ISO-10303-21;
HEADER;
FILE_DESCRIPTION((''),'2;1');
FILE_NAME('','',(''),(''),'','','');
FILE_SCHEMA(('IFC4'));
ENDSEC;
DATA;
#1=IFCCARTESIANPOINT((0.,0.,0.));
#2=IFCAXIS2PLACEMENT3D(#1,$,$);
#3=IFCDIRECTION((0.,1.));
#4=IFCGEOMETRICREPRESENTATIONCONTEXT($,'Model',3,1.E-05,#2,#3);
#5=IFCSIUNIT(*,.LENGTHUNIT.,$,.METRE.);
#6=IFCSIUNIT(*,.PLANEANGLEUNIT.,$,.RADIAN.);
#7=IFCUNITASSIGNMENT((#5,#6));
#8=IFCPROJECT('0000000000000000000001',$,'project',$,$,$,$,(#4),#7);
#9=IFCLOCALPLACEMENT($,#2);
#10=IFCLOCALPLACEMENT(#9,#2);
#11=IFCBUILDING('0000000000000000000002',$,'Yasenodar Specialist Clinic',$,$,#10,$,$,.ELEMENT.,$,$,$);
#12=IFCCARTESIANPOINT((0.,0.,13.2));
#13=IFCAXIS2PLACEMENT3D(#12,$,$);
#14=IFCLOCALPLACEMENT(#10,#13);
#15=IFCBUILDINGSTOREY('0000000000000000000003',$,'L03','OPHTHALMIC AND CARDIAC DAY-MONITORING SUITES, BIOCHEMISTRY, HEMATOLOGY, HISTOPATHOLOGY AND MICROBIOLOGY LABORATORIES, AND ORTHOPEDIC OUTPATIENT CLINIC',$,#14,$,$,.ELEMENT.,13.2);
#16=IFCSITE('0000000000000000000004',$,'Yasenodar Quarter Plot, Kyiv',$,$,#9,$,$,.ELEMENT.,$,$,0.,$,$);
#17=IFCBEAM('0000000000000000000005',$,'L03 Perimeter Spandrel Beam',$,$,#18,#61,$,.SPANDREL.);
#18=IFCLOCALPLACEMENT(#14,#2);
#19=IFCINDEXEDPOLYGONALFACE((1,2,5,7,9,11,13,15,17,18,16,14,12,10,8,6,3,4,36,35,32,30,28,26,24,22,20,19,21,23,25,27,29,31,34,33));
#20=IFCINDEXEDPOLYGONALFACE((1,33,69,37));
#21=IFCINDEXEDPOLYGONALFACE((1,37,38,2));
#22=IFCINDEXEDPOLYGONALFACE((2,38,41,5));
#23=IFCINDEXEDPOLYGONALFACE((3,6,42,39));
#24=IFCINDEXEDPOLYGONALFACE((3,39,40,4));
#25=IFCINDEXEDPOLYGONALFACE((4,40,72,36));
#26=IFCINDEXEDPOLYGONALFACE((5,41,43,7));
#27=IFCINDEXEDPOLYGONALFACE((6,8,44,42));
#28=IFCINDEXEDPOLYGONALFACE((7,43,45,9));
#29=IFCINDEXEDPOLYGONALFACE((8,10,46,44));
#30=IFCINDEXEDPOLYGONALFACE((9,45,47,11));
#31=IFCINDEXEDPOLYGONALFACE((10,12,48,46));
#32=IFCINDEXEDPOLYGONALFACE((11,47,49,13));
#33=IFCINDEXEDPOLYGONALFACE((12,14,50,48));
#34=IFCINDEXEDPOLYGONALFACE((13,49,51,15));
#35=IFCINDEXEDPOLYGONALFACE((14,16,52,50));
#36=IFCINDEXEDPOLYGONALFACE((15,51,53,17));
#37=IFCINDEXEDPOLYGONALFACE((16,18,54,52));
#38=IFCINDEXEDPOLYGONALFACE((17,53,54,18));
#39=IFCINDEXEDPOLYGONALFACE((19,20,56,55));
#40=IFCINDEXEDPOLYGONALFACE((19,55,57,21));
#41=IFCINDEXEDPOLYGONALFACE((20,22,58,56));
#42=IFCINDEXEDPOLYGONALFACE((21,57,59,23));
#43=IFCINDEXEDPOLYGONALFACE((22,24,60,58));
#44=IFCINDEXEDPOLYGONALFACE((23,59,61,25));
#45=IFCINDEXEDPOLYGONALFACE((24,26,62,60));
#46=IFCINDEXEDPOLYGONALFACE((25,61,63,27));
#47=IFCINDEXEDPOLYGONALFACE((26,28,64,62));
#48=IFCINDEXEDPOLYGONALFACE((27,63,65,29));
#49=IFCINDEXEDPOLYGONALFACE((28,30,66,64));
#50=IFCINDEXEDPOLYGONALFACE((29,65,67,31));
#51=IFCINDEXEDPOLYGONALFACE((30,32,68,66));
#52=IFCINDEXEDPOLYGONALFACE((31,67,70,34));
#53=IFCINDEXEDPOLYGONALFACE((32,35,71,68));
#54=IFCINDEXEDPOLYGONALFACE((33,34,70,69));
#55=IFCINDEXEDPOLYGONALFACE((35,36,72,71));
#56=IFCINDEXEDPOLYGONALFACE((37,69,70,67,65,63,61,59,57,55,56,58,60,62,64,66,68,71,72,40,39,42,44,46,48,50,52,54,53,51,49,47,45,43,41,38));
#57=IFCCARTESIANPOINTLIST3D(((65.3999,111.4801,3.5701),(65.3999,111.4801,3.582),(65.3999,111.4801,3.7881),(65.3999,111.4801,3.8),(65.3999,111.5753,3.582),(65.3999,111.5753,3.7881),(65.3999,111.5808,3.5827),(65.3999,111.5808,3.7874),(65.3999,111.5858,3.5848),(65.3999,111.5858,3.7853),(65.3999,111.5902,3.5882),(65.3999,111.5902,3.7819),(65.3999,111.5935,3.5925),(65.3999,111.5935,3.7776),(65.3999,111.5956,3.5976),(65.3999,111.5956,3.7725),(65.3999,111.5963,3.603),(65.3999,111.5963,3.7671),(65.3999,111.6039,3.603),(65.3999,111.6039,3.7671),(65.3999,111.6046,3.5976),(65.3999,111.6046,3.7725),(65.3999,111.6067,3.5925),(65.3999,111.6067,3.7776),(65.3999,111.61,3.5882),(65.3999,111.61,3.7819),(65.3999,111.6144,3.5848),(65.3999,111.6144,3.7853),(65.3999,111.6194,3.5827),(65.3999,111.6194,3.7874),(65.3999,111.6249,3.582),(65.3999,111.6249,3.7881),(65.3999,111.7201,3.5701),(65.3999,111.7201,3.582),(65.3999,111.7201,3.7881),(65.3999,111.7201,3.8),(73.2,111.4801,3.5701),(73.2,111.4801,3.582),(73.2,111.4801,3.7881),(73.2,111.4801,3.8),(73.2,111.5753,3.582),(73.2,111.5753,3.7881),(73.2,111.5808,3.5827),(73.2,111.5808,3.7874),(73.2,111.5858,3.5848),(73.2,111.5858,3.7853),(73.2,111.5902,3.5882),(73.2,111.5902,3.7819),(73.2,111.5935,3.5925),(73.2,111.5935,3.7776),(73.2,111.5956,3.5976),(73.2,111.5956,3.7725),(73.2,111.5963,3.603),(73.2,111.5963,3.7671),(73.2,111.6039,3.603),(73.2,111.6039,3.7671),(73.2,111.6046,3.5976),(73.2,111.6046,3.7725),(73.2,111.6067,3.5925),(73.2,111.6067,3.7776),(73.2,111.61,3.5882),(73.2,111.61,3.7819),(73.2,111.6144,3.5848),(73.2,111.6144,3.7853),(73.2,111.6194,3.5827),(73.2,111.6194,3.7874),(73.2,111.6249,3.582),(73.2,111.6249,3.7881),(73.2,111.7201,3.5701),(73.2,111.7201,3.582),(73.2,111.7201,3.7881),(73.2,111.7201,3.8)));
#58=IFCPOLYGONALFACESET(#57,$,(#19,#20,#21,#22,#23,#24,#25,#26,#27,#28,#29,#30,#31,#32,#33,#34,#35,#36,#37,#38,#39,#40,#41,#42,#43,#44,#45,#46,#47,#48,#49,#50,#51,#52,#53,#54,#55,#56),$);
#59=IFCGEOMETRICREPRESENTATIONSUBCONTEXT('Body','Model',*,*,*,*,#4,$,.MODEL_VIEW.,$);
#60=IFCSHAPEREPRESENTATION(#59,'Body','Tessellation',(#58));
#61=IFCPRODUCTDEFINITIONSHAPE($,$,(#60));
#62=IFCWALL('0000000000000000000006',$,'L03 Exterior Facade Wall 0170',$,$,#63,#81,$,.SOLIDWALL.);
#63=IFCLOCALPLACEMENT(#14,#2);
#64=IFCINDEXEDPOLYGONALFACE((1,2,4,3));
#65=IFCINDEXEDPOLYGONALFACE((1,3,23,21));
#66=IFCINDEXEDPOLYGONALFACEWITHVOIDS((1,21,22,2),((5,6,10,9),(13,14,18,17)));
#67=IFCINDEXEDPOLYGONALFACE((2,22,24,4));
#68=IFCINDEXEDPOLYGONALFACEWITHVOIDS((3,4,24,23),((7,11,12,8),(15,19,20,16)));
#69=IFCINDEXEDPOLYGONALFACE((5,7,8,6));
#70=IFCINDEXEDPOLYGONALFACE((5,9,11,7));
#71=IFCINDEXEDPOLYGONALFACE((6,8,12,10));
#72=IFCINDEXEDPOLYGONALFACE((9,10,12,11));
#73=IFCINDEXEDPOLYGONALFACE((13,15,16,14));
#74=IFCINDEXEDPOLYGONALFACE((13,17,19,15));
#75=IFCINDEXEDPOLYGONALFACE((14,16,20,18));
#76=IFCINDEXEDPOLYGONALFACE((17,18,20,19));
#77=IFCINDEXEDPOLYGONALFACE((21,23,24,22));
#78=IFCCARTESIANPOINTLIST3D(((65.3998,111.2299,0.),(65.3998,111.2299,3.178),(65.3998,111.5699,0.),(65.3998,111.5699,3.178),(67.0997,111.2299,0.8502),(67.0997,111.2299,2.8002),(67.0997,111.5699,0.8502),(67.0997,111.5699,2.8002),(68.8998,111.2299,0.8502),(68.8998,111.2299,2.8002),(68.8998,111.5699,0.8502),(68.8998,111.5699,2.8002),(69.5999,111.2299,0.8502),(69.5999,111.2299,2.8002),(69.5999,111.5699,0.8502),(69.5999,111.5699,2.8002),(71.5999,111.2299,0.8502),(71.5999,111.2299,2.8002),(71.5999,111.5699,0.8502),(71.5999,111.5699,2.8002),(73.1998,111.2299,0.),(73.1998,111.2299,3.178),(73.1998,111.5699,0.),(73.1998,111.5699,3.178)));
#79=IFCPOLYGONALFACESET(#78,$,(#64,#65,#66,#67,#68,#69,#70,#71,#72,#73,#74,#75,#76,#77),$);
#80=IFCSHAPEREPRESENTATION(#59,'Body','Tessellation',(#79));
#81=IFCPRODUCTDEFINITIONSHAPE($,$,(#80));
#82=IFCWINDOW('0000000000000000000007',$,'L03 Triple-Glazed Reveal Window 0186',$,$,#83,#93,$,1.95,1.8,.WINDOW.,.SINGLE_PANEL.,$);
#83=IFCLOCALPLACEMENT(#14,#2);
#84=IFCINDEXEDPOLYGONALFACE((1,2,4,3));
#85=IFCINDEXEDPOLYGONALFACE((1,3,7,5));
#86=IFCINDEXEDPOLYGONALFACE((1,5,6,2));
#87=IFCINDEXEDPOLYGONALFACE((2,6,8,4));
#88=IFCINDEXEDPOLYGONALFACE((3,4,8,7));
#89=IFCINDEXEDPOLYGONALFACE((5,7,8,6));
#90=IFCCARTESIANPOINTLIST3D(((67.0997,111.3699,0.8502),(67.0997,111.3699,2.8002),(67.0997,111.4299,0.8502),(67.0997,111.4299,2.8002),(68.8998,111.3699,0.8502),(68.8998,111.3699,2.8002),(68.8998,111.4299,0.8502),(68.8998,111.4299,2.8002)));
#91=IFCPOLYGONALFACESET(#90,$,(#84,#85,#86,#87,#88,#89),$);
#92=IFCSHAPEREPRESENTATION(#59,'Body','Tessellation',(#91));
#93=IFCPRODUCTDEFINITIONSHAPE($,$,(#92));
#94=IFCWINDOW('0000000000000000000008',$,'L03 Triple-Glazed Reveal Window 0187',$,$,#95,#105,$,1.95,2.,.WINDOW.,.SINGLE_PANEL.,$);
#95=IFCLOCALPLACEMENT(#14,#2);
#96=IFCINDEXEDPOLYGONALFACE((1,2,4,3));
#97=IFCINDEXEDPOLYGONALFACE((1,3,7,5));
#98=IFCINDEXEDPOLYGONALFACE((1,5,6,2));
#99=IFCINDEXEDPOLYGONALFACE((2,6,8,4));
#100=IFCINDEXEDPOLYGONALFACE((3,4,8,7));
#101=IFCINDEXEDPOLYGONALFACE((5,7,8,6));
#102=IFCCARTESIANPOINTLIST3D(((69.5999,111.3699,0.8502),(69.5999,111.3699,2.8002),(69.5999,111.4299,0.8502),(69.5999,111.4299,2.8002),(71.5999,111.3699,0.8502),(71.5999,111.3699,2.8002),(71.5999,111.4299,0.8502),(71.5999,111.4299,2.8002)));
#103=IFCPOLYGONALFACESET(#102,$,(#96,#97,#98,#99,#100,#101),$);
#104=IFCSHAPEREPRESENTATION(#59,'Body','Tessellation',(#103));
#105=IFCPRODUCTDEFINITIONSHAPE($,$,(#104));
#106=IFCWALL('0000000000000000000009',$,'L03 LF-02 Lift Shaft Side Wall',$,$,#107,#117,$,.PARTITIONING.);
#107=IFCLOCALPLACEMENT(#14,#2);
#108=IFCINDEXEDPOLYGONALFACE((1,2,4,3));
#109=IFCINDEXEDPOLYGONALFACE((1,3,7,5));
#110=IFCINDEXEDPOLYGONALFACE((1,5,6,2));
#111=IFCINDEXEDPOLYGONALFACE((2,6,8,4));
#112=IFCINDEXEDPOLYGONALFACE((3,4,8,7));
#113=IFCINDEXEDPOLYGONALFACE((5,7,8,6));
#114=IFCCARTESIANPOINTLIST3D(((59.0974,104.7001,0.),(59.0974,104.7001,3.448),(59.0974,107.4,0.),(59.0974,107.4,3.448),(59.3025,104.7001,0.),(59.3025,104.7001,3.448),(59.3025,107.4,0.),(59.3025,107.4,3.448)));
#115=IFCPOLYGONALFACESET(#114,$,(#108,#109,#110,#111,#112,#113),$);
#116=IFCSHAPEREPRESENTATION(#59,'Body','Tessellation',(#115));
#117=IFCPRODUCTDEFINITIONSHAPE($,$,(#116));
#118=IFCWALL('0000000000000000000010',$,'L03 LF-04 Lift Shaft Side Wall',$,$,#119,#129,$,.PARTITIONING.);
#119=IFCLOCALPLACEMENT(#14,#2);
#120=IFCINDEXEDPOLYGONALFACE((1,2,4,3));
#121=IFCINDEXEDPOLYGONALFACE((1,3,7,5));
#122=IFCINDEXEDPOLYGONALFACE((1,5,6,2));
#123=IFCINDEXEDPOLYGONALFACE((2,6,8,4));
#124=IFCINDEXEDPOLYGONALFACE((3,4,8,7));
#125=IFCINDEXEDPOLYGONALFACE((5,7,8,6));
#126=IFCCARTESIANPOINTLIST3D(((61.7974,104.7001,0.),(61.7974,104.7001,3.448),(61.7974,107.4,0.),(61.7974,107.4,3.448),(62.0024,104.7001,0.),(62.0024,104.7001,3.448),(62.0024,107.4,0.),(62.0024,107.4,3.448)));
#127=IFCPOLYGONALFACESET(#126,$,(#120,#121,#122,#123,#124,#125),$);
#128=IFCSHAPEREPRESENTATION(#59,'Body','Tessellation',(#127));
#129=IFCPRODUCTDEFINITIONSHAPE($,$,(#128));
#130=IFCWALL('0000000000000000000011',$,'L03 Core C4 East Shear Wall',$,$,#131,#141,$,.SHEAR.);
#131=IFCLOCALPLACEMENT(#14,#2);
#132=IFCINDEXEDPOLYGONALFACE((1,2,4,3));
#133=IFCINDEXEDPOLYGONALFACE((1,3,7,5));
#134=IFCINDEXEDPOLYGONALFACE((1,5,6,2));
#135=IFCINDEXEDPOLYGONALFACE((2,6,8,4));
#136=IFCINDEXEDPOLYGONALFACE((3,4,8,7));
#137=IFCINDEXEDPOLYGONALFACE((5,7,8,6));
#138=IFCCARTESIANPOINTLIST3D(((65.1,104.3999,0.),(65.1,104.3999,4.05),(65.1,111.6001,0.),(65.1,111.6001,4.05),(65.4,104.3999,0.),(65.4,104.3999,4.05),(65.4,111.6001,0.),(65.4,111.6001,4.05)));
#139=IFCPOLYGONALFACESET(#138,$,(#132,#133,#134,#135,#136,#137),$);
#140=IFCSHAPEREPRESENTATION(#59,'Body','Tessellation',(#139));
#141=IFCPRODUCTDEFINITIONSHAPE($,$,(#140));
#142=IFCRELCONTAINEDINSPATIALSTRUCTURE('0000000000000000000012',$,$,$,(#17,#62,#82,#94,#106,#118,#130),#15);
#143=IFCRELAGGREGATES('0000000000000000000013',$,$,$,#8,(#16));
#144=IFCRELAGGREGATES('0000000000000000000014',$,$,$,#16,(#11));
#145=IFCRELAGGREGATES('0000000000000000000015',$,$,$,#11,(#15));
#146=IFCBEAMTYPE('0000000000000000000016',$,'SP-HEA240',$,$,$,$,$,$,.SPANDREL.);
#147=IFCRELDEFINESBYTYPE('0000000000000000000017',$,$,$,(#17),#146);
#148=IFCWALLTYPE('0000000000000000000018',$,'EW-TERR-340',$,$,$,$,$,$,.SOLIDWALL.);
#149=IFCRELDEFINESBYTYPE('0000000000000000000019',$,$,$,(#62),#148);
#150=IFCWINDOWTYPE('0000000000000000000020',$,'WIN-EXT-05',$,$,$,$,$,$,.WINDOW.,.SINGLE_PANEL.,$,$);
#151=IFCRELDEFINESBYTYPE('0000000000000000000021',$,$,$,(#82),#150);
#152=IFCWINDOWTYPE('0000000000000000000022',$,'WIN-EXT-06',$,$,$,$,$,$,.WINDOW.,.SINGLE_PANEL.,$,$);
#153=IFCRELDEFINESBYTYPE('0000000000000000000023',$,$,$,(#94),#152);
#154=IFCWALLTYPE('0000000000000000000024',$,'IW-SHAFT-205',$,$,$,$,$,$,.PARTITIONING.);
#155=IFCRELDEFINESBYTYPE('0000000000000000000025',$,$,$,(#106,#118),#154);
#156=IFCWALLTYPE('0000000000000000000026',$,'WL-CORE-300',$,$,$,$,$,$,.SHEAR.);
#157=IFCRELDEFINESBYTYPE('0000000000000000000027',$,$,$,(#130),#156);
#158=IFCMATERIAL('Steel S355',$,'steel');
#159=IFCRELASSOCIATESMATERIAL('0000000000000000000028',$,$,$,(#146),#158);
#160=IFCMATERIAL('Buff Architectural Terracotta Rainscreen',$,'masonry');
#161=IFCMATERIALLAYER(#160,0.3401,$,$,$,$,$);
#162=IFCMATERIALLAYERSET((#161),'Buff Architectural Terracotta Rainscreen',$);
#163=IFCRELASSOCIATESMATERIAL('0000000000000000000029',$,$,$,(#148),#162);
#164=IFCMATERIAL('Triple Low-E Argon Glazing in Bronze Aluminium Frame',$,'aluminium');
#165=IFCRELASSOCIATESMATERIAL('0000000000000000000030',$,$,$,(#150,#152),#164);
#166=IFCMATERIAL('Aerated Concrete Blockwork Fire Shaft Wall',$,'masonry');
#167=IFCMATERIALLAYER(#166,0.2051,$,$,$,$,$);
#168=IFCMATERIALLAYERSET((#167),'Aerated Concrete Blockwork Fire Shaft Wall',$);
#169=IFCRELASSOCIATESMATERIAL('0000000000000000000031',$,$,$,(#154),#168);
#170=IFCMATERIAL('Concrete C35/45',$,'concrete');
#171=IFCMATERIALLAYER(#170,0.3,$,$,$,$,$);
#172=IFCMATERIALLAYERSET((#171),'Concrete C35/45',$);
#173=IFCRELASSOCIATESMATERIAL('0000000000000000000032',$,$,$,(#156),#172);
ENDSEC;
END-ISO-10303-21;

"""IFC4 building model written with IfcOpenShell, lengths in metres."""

from ifc_helpers import new_model, si_unit, direction, frame, frame_2d, origin, origin_2d, place, context, subcontext, project, spatial, rectangle, i_section, extrude, material, layer, layer_set, material_profile, profile_set, type_object, element, fill, save


model = new_model("IFC4")

# Units and contexts
model_context = context("Model", 3, precision=1e-05, world=origin(), true_north=direction((0.0, 1.0)))
body_context = subcontext(model_context, "Body", "Model", "MODEL_VIEW")
ifc_project = project(units=[si_unit("LENGTHUNIT", "METRE"), si_unit("PLANEANGLEUNIT", "RADIAN")], contexts=[model_context])

# Site, building, storey
site_placement = place(None, origin())
site = spatial("IfcSite", under=ifc_project, at=site_placement, Name="Yasenodar Quarter Plot, Kyiv", CompositionType="ELEMENT", RefElevation=0.0)
building_placement = place(site_placement, origin())
building = spatial("IfcBuilding", under=site, at=building_placement, Name="Yasenodar Specialist Clinic", CompositionType="ELEMENT")
storey_placement = place(building_placement, frame((0.0, 0.0, 13.2)))
storey = spatial("IfcBuildingStorey", under=building, at=storey_placement, Name="L03", Description="OPHTHALMIC AND CARDIAC DAY-MONITORING SUITES, BIOCHEMISTRY, HEMATOLOGY, HISTOPATHOLOGY AND MICROBIOLOGY LABORATORIES, AND ORTHOPEDIC OUTPATIENT CLINIC", CompositionType="ELEMENT", Elevation=13.2)

# Shared definitions
ifc_material_1 = material(Name="Steel S355", Category="steel")

# Beam
ifc_material_profile_1 = material_profile(ifc_material_1, i_section(OverallWidth=0.24, OverallDepth=0.23, WebThickness=0.0076, FlangeThickness=0.012, FilletRadius=0.021, at=origin_2d()), Name="HEA 240")
ifc_profile_set_1 = profile_set([ifc_material_profile_1], Name="Steel S355")
beam_type_1 = type_object("IfcBeamType", Name="SP-HEA240", PredefinedType="SPANDREL", material=ifc_profile_set_1)
beam_1_placement = place(storey_placement, frame((65.3999, 111.6001, 3.6851), z_axis=(1.0, 0.0, 0.0), x_axis=(0.0, 1.0, 0.0)))
element("IfcBeam", 1, at=beam_1_placement, inside=storey, type_object=beam_type_1, Name="L03 Perimeter Spandrel Beam", PredefinedType="SPANDREL", context=body_context, shape_type="SweptSolid", body=[
    extrude(i_section(OverallWidth=0.24, OverallDepth=0.23, WebThickness=0.0076, FlangeThickness=0.012, FilletRadius=0.021, at=origin_2d()), origin(), (0.0, 0.0, 1.0), 7.8),
])

# Wall, openings, windows
ifc_material_2 = material(Name="Buff Architectural Terracotta Rainscreen", Category="masonry")
ifc_layer_1 = layer(ifc_material_2, 0.3401)
ifc_layer_set_1 = layer_set([ifc_layer_1], Name="Buff Architectural Terracotta Rainscreen")
wall_type_1 = type_object("IfcWallType", Name="EW-TERR-340", PredefinedType="SOLIDWALL", material=ifc_layer_set_1)
wall_1_placement = place(storey_placement, frame((65.3999, 111.3999, 0.0), z_axis=(0.0, 0.0, 1.0), x_axis=(1.0, 0.0, 0.0)))
wall_1 = element("IfcWall", 2, at=wall_1_placement, inside=storey, type_object=wall_type_1, Name="L03 Exterior Facade Wall 0170", PredefinedType="SOLIDWALL", context=body_context, shape_type="SweptSolid", body=[
    extrude(rectangle(XDim=7.8, YDim=0.3401, at=frame_2d((3.8999, 0.0))), origin(), (0.0, 0.0, 1.0), 3.178),
])
opening_1_placement = place(wall_1_placement, frame((1.7, 0.0, 0.8501)))
opening_1 = element("IfcOpeningElement", 3, at=opening_1_placement, cuts=wall_1, PredefinedType="OPENING", context=body_context, shape_type="SweptSolid", body=[
    extrude(rectangle(XDim=1.8, YDim=1.95, at=frame_2d((0.8999, 0.9751))), frame((0.0, 0.1802, 0.0), z_axis=(0.0, -1.0, 0.0), x_axis=(1.0, 0.0, 0.0)), (0.0, 0.0, 1.0), 0.3601),
])
opening_2_placement = place(wall_1_placement, frame((4.2, 0.0, 0.8501)))
opening_2 = element("IfcOpeningElement", 4, at=opening_2_placement, cuts=wall_1, PredefinedType="OPENING", context=body_context, shape_type="SweptSolid", body=[
    extrude(rectangle(XDim=2.0, YDim=1.95, at=frame_2d((1.0, 0.9751))), frame((0.0, 0.1802, 0.0), z_axis=(0.0, -1.0, 0.0), x_axis=(1.0, 0.0, 0.0)), (0.0, 0.0, 1.0), 0.3601),
])
ifc_material_3 = material(Name="Triple Low-E Argon Glazing in Bronze Aluminium Frame", Category="aluminium")
window_type_1 = type_object("IfcWindowType", Name="WIN-EXT-05", PartitioningType="SINGLE_PANEL", PredefinedType="WINDOW", material=ifc_material_3)
window_1_placement = place(opening_1_placement, origin())
window_1 = element("IfcWindow", 5, at=window_1_placement, inside=storey, type_object=window_type_1, Name="L03 Triple-Glazed Reveal Window 0186", OverallHeight=1.95, OverallWidth=1.8, PartitioningType="SINGLE_PANEL", PredefinedType="WINDOW", context=body_context, shape_type="SweptSolid", body=[
    extrude(rectangle(XDim=1.8, YDim=1.95, at=frame_2d((0.8999, 0.9751))), frame((0.0, 0.03, 0.0), z_axis=(0.0, -1.0, 0.0), x_axis=(1.0, 0.0, 0.0)), (0.0, 0.0, 1.0), 0.0601),
])
fill(opening_1, window_1)
window_type_2 = type_object("IfcWindowType", Name="WIN-EXT-06", PartitioningType="SINGLE_PANEL", PredefinedType="WINDOW", material=ifc_material_3)
window_2_placement = place(opening_2_placement, origin())
window_2 = element("IfcWindow", 6, at=window_2_placement, inside=storey, type_object=window_type_2, Name="L03 Triple-Glazed Reveal Window 0187", OverallHeight=1.95, OverallWidth=2.0, PartitioningType="SINGLE_PANEL", PredefinedType="WINDOW", context=body_context, shape_type="SweptSolid", body=[
    extrude(rectangle(XDim=2.0, YDim=1.95, at=frame_2d((1.0, 0.9751))), frame((0.0, 0.03, 0.0), z_axis=(0.0, -1.0, 0.0), x_axis=(1.0, 0.0, 0.0)), (0.0, 0.0, 1.0), 0.0601),
])
fill(opening_2, window_2)

# Walls
ifc_material_4 = material(Name="Aerated Concrete Blockwork Fire Shaft Wall", Category="masonry")
ifc_layer_2 = layer(ifc_material_4, 0.2051)
ifc_layer_set_2 = layer_set([ifc_layer_2], Name="Aerated Concrete Blockwork Fire Shaft Wall")
wall_type_2 = type_object("IfcWallType", Name="IW-SHAFT-205", PredefinedType="PARTITIONING", material=ifc_layer_set_2)
for number, where, z_axis, x_axis, name in (
    (7, (59.2, 104.7, 0.0), (0.0, 0.0, 1.0), (0.0, 1.0, 0.0), "L03 LF-02 Lift Shaft Side Wall"),
    (8, (61.8999, 104.7, 0.0), (0.0, 0.0, 1.0), (0.0, 1.0, 0.0), "L03 LF-04 Lift Shaft Side Wall"),
):
    element("IfcWall", number, at=place(storey_placement, frame(where, z_axis=z_axis, x_axis=x_axis)), inside=storey, type_object=wall_type_2, Name=name, PredefinedType="PARTITIONING", context=body_context, shape_type="SweptSolid", body=[
        extrude(rectangle(XDim=2.7, YDim=0.2051, at=frame_2d((1.3501, 0.0))), origin(), (0.0, 0.0, 1.0), 3.448),
    ])
ifc_material_5 = material(Name="Concrete C35/45", Category="concrete")
ifc_layer_3 = layer(ifc_material_5, 0.3)
ifc_layer_set_3 = layer_set([ifc_layer_3], Name="Concrete C35/45")
wall_type_3 = type_object("IfcWallType", Name="WL-CORE-300", PredefinedType="SHEAR", material=ifc_layer_set_3)
wall_2_placement = place(storey_placement, frame((65.25, 104.3999, 0.0), z_axis=(0.0, 0.0, 1.0), x_axis=(0.0, 1.0, 0.0)))
element("IfcWall", 9, at=wall_2_placement, inside=storey, type_object=wall_type_3, Name="L03 Core C4 East Shear Wall", PredefinedType="SHEAR", context=body_context, shape_type="SweptSolid", body=[
    extrude(rectangle(XDim=7.2002, YDim=0.3, at=frame_2d((3.6001, 0.0))), origin(), (0.0, 0.0, 1.0), 4.05),
])

save(model, "model.ifc")
